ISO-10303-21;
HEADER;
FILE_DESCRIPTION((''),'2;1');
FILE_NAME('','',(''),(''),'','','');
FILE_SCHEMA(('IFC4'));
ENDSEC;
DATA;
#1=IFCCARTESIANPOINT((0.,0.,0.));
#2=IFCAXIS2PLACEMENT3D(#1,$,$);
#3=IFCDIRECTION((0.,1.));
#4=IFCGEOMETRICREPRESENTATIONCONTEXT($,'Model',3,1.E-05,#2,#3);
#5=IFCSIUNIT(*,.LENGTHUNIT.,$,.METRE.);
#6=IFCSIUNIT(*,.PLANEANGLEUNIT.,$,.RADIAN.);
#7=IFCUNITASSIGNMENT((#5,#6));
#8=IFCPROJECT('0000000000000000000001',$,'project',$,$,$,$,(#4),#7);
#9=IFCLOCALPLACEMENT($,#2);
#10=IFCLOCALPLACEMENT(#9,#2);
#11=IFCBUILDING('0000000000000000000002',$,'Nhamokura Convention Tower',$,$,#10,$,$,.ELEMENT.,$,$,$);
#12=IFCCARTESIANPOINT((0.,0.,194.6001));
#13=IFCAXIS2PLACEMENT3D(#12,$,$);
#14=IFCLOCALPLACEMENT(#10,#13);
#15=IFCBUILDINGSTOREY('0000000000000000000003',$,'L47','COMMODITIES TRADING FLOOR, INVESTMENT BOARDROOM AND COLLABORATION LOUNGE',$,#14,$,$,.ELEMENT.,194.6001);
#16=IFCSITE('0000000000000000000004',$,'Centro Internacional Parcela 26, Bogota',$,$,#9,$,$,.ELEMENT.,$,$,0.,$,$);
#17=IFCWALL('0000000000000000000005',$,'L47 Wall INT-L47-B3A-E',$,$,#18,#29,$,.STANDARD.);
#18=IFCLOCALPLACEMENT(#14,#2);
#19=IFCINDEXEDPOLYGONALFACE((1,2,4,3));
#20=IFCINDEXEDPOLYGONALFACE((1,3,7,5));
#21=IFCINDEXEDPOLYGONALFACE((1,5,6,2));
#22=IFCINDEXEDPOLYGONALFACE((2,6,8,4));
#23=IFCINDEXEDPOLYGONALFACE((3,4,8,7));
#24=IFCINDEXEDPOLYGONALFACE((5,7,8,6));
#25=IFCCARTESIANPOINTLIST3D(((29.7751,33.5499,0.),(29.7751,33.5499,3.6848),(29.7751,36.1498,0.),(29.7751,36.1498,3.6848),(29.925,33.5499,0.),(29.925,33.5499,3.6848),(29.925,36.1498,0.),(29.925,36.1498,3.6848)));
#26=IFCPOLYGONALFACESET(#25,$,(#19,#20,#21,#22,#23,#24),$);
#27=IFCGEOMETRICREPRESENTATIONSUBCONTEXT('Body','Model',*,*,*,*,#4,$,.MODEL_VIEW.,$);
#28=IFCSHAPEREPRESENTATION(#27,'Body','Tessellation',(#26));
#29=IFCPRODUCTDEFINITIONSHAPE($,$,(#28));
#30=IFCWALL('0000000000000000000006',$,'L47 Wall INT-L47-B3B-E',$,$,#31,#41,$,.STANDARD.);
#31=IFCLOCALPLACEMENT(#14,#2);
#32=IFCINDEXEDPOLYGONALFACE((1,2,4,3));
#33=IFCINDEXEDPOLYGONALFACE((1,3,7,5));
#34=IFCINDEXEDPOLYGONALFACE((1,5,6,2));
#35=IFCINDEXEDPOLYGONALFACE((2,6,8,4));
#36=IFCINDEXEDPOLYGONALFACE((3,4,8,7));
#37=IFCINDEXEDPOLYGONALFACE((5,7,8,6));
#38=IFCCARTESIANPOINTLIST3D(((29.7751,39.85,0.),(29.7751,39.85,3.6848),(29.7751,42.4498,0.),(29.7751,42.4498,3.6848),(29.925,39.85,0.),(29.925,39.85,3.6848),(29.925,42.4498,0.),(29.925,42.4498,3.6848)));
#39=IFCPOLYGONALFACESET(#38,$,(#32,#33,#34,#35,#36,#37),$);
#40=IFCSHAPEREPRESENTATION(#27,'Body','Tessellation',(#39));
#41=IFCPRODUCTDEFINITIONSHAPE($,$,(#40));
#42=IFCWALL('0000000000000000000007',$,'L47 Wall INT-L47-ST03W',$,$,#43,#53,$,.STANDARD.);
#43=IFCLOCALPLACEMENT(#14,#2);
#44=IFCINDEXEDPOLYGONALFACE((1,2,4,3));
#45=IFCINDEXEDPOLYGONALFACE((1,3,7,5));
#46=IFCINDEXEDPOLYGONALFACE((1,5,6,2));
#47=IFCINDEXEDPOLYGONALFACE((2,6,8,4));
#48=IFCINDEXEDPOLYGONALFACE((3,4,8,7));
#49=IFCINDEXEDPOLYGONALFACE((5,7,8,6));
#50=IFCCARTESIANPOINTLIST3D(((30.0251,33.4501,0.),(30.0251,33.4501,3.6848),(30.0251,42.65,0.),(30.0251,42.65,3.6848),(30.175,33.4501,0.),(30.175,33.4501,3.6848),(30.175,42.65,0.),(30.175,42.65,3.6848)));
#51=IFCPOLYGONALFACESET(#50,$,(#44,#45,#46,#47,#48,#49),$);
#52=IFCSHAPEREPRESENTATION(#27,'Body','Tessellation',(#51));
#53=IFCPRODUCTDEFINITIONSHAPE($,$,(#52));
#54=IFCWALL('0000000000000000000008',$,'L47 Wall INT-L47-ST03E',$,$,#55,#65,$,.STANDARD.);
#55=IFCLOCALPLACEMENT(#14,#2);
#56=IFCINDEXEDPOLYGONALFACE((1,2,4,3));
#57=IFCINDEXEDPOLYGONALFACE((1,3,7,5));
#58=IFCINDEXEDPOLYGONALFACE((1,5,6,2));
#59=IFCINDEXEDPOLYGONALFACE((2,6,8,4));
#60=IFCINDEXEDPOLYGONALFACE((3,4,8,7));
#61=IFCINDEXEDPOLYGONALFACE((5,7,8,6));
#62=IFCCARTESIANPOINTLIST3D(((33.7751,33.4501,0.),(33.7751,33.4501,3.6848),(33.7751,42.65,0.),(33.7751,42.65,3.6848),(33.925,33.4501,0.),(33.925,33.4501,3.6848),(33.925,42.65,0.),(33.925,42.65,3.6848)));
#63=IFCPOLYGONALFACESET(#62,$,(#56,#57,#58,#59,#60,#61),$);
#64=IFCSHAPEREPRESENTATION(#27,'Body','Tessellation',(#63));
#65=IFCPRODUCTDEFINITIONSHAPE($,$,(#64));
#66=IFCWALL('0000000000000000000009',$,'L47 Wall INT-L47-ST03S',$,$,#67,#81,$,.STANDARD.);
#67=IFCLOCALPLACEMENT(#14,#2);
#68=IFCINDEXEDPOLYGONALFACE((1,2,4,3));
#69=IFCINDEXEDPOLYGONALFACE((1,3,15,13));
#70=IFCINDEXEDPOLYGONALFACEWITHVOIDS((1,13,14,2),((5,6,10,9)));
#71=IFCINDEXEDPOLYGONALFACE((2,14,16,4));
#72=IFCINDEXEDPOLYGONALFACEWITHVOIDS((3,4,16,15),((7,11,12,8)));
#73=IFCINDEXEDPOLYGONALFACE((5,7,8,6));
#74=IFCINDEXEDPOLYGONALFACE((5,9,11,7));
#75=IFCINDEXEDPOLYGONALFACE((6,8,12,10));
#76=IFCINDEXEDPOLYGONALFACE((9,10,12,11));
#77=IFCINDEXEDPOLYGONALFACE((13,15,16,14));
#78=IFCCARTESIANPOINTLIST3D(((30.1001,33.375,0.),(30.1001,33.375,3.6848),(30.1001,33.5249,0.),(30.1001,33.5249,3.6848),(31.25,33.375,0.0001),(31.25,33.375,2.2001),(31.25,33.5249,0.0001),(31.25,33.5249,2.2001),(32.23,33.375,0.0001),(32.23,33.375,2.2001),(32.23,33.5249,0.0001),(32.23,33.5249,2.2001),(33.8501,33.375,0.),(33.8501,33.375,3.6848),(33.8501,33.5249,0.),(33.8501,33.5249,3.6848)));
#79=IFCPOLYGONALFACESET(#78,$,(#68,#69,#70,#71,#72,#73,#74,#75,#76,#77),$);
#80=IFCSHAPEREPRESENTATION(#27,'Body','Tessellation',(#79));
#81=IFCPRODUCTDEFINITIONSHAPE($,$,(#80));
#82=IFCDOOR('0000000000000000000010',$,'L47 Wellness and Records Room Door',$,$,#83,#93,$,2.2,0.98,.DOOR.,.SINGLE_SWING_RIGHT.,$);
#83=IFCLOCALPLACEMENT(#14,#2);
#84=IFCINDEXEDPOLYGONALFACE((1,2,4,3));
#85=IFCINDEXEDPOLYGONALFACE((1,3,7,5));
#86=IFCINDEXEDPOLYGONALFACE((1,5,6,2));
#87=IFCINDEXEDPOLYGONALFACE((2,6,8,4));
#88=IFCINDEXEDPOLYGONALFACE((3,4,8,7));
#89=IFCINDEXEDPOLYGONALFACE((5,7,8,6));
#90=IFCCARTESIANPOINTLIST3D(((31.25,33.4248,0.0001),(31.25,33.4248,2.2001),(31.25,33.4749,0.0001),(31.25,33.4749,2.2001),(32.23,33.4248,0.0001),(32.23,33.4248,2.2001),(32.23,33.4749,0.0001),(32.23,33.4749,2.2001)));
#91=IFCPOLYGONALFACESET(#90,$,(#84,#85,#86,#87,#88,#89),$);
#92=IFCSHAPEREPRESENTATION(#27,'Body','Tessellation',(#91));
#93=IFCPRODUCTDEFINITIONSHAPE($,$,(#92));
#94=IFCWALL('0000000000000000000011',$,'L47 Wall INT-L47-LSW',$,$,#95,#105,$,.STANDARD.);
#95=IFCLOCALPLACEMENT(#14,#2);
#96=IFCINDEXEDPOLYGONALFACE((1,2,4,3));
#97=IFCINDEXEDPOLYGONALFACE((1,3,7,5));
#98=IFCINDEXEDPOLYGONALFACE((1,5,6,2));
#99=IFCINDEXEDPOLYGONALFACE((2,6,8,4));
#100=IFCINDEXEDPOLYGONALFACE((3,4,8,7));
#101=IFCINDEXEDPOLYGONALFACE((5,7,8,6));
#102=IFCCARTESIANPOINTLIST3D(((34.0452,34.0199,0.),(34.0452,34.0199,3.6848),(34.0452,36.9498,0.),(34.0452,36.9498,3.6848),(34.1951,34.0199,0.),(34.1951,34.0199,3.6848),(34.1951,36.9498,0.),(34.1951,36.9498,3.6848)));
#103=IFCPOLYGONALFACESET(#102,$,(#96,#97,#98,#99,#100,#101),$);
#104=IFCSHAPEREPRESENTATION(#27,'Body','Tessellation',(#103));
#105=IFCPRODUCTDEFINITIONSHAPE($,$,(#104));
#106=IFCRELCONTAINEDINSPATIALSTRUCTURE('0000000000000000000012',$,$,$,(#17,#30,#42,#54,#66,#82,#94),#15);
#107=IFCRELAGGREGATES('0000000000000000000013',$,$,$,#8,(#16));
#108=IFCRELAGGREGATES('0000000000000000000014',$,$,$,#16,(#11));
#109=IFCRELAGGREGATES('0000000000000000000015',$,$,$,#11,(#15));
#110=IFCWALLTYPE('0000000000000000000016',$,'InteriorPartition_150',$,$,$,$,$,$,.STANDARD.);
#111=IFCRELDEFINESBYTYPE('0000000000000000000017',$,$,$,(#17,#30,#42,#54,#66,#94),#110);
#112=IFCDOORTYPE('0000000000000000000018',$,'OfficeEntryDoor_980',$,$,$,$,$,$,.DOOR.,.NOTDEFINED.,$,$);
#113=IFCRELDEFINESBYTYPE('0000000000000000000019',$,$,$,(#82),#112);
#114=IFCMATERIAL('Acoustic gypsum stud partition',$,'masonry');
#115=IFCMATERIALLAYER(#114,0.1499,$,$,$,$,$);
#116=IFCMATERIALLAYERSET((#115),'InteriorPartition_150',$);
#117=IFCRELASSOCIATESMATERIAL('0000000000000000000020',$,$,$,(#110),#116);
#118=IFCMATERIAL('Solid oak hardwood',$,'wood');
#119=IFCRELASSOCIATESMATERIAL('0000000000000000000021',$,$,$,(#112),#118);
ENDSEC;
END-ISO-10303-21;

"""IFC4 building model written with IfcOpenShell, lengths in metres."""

from ifc_helpers import new_model, si_unit, direction, frame, frame_2d, origin, place, context, subcontext, project, spatial, rectangle, extrude, material, layer, layer_set, type_object, element, fill, save


model = new_model("IFC4")

# Units and contexts
model_context = context("Model", 3, precision=1e-05, world=origin(), true_north=direction((0.0, 1.0)))
body_context = subcontext(model_context, "Body", "Model", "MODEL_VIEW")
ifc_project = project(units=[si_unit("LENGTHUNIT", "METRE"), si_unit("PLANEANGLEUNIT", "RADIAN")], contexts=[model_context])

# Site, building, storey
site_placement = place(None, origin())
site = spatial("IfcSite", under=ifc_project, at=site_placement, Name="Centro Internacional Parcela 26, Bogota", CompositionType="ELEMENT", RefElevation=0.0)
building_placement = place(site_placement, origin())
building = spatial("IfcBuilding", under=site, at=building_placement, Name="Nhamokura Convention Tower", CompositionType="ELEMENT")
storey_placement = place(building_placement, frame((0.0, 0.0, 194.6001)))
storey = spatial("IfcBuildingStorey", under=building, at=storey_placement, Name="L47", Description="COMMODITIES TRADING FLOOR, INVESTMENT BOARDROOM AND COLLABORATION LOUNGE", CompositionType="ELEMENT", Elevation=194.6001)

# Shared definitions
ifc_material_1 = material(Name="Acoustic gypsum stud partition", Category="masonry")
ifc_layer_1 = layer(ifc_material_1, 0.1499)
ifc_layer_set_1 = layer_set([ifc_layer_1], Name="InteriorPartition_150")
wall_type_1 = type_object("IfcWallType", Name="InteriorPartition_150", PredefinedType="STANDARD", material=ifc_layer_set_1)
ifc_material_2 = material(Name="Solid oak hardwood", Category="wood")
door_type_1 = type_object("IfcDoorType", Name="OfficeEntryDoor_980", OperationType="NOTDEFINED", PredefinedType="DOOR", material=ifc_material_2)

# Walls
for number, where, z_axis, x_axis, name in (
    (1, (29.8501, 33.55, 0.0), (0.0, 0.0, 1.0), (0.0, 1.0, 0.0), "L47 Wall INT-L47-B3A-E"),
    (2, (29.8501, 39.8501, 0.0), (0.0, 0.0, 1.0), (0.0, 1.0, 0.0), "L47 Wall INT-L47-B3B-E"),
):
    element("IfcWall", number, at=place(storey_placement, frame(where, z_axis=z_axis, x_axis=x_axis)), inside=storey, type_object=wall_type_1, Name=name, PredefinedType="STANDARD", context=body_context, shape_type="SweptSolid", body=[
        extrude(rectangle(XDim=2.5999, YDim=0.1499, at=frame_2d((1.2998, 0.0))), origin(), (0.0, 0.0, 1.0), 3.6848),
    ])
for number, where, z_axis, x_axis, name in (
    (3, (30.1001, 33.45, 0.0), (0.0, 0.0, 1.0), (0.0, 1.0, 0.0), "L47 Wall INT-L47-ST03W"),
    (4, (33.8501, 33.45, 0.0), (0.0, 0.0, 1.0), (0.0, 1.0, 0.0), "L47 Wall INT-L47-ST03E"),
):
    element("IfcWall", number, at=place(storey_placement, frame(where, z_axis=z_axis, x_axis=x_axis)), inside=storey, type_object=wall_type_1, Name=name, PredefinedType="STANDARD", context=body_context, shape_type="SweptSolid", body=[
        extrude(rectangle(XDim=9.2, YDim=0.1499, at=frame_2d((4.6001, 0.0))), origin(), (0.0, 0.0, 1.0), 3.6848),
    ])

# Wall, opening, door
wall_1_placement = place(storey_placement, frame((30.1001, 33.45, 0.0), z_axis=(0.0, 0.0, 1.0), x_axis=(1.0, 0.0, 0.0)))
wall_1 = element("IfcWall", 5, at=wall_1_placement, inside=storey, type_object=wall_type_1, Name="L47 Wall INT-L47-ST03S", PredefinedType="STANDARD", context=body_context, shape_type="SweptSolid", body=[
    extrude(rectangle(XDim=3.75, YDim=0.1499, at=frame_2d((1.875, 0.0))), origin(), (0.0, 0.0, 1.0), 3.6848),
])
opening_1_placement = place(wall_1_placement, frame((1.1499, 0.0, 0.0)))
opening_1 = element("IfcOpeningElement", 6, at=opening_1_placement, cuts=wall_1, PredefinedType="OPENING", context=body_context, shape_type="SweptSolid", body=[
    extrude(rectangle(XDim=0.98, YDim=2.2, at=frame_2d((0.49, 1.1001))), frame((0.0, 0.085, 0.0), z_axis=(0.0, -1.0, 0.0), x_axis=(1.0, 0.0, 0.0)), (0.0, 0.0, 1.0), 0.1699),
])
door_1_placement = place(opening_1_placement, origin())
door_1 = element("IfcDoor", 7, at=door_1_placement, inside=storey, type_object=door_type_1, Name="L47 Wellness and Records Room Door", OperationType="SINGLE_SWING_RIGHT", OverallHeight=2.2, OverallWidth=0.98, PredefinedType="DOOR", context=body_context, shape_type="SweptSolid", body=[
    extrude(rectangle(XDim=0.98, YDim=2.2, at=frame_2d((0.49, 1.1001))), frame((0.0, 0.0249, 0.0), z_axis=(0.0, -1.0, 0.0), x_axis=(1.0, 0.0, 0.0)), (0.0, 0.0, 1.0), 0.05),
])
fill(opening_1, door_1)

# Wall
wall_2_placement = place(storey_placement, frame((34.1201, 34.02, 0.0), z_axis=(0.0, 0.0, 1.0), x_axis=(0.0, 1.0, 0.0)))
element("IfcWall", 8, at=wall_2_placement, inside=storey, type_object=wall_type_1, Name="L47 Wall INT-L47-LSW", PredefinedType="STANDARD", context=body_context, shape_type="SweptSolid", body=[
    extrude(rectangle(XDim=2.9299, YDim=0.1499, at=frame_2d((1.4648, 0.0))), origin(), (0.0, 0.0, 1.0), 3.6848),
])

save(model, "model.ifc")
